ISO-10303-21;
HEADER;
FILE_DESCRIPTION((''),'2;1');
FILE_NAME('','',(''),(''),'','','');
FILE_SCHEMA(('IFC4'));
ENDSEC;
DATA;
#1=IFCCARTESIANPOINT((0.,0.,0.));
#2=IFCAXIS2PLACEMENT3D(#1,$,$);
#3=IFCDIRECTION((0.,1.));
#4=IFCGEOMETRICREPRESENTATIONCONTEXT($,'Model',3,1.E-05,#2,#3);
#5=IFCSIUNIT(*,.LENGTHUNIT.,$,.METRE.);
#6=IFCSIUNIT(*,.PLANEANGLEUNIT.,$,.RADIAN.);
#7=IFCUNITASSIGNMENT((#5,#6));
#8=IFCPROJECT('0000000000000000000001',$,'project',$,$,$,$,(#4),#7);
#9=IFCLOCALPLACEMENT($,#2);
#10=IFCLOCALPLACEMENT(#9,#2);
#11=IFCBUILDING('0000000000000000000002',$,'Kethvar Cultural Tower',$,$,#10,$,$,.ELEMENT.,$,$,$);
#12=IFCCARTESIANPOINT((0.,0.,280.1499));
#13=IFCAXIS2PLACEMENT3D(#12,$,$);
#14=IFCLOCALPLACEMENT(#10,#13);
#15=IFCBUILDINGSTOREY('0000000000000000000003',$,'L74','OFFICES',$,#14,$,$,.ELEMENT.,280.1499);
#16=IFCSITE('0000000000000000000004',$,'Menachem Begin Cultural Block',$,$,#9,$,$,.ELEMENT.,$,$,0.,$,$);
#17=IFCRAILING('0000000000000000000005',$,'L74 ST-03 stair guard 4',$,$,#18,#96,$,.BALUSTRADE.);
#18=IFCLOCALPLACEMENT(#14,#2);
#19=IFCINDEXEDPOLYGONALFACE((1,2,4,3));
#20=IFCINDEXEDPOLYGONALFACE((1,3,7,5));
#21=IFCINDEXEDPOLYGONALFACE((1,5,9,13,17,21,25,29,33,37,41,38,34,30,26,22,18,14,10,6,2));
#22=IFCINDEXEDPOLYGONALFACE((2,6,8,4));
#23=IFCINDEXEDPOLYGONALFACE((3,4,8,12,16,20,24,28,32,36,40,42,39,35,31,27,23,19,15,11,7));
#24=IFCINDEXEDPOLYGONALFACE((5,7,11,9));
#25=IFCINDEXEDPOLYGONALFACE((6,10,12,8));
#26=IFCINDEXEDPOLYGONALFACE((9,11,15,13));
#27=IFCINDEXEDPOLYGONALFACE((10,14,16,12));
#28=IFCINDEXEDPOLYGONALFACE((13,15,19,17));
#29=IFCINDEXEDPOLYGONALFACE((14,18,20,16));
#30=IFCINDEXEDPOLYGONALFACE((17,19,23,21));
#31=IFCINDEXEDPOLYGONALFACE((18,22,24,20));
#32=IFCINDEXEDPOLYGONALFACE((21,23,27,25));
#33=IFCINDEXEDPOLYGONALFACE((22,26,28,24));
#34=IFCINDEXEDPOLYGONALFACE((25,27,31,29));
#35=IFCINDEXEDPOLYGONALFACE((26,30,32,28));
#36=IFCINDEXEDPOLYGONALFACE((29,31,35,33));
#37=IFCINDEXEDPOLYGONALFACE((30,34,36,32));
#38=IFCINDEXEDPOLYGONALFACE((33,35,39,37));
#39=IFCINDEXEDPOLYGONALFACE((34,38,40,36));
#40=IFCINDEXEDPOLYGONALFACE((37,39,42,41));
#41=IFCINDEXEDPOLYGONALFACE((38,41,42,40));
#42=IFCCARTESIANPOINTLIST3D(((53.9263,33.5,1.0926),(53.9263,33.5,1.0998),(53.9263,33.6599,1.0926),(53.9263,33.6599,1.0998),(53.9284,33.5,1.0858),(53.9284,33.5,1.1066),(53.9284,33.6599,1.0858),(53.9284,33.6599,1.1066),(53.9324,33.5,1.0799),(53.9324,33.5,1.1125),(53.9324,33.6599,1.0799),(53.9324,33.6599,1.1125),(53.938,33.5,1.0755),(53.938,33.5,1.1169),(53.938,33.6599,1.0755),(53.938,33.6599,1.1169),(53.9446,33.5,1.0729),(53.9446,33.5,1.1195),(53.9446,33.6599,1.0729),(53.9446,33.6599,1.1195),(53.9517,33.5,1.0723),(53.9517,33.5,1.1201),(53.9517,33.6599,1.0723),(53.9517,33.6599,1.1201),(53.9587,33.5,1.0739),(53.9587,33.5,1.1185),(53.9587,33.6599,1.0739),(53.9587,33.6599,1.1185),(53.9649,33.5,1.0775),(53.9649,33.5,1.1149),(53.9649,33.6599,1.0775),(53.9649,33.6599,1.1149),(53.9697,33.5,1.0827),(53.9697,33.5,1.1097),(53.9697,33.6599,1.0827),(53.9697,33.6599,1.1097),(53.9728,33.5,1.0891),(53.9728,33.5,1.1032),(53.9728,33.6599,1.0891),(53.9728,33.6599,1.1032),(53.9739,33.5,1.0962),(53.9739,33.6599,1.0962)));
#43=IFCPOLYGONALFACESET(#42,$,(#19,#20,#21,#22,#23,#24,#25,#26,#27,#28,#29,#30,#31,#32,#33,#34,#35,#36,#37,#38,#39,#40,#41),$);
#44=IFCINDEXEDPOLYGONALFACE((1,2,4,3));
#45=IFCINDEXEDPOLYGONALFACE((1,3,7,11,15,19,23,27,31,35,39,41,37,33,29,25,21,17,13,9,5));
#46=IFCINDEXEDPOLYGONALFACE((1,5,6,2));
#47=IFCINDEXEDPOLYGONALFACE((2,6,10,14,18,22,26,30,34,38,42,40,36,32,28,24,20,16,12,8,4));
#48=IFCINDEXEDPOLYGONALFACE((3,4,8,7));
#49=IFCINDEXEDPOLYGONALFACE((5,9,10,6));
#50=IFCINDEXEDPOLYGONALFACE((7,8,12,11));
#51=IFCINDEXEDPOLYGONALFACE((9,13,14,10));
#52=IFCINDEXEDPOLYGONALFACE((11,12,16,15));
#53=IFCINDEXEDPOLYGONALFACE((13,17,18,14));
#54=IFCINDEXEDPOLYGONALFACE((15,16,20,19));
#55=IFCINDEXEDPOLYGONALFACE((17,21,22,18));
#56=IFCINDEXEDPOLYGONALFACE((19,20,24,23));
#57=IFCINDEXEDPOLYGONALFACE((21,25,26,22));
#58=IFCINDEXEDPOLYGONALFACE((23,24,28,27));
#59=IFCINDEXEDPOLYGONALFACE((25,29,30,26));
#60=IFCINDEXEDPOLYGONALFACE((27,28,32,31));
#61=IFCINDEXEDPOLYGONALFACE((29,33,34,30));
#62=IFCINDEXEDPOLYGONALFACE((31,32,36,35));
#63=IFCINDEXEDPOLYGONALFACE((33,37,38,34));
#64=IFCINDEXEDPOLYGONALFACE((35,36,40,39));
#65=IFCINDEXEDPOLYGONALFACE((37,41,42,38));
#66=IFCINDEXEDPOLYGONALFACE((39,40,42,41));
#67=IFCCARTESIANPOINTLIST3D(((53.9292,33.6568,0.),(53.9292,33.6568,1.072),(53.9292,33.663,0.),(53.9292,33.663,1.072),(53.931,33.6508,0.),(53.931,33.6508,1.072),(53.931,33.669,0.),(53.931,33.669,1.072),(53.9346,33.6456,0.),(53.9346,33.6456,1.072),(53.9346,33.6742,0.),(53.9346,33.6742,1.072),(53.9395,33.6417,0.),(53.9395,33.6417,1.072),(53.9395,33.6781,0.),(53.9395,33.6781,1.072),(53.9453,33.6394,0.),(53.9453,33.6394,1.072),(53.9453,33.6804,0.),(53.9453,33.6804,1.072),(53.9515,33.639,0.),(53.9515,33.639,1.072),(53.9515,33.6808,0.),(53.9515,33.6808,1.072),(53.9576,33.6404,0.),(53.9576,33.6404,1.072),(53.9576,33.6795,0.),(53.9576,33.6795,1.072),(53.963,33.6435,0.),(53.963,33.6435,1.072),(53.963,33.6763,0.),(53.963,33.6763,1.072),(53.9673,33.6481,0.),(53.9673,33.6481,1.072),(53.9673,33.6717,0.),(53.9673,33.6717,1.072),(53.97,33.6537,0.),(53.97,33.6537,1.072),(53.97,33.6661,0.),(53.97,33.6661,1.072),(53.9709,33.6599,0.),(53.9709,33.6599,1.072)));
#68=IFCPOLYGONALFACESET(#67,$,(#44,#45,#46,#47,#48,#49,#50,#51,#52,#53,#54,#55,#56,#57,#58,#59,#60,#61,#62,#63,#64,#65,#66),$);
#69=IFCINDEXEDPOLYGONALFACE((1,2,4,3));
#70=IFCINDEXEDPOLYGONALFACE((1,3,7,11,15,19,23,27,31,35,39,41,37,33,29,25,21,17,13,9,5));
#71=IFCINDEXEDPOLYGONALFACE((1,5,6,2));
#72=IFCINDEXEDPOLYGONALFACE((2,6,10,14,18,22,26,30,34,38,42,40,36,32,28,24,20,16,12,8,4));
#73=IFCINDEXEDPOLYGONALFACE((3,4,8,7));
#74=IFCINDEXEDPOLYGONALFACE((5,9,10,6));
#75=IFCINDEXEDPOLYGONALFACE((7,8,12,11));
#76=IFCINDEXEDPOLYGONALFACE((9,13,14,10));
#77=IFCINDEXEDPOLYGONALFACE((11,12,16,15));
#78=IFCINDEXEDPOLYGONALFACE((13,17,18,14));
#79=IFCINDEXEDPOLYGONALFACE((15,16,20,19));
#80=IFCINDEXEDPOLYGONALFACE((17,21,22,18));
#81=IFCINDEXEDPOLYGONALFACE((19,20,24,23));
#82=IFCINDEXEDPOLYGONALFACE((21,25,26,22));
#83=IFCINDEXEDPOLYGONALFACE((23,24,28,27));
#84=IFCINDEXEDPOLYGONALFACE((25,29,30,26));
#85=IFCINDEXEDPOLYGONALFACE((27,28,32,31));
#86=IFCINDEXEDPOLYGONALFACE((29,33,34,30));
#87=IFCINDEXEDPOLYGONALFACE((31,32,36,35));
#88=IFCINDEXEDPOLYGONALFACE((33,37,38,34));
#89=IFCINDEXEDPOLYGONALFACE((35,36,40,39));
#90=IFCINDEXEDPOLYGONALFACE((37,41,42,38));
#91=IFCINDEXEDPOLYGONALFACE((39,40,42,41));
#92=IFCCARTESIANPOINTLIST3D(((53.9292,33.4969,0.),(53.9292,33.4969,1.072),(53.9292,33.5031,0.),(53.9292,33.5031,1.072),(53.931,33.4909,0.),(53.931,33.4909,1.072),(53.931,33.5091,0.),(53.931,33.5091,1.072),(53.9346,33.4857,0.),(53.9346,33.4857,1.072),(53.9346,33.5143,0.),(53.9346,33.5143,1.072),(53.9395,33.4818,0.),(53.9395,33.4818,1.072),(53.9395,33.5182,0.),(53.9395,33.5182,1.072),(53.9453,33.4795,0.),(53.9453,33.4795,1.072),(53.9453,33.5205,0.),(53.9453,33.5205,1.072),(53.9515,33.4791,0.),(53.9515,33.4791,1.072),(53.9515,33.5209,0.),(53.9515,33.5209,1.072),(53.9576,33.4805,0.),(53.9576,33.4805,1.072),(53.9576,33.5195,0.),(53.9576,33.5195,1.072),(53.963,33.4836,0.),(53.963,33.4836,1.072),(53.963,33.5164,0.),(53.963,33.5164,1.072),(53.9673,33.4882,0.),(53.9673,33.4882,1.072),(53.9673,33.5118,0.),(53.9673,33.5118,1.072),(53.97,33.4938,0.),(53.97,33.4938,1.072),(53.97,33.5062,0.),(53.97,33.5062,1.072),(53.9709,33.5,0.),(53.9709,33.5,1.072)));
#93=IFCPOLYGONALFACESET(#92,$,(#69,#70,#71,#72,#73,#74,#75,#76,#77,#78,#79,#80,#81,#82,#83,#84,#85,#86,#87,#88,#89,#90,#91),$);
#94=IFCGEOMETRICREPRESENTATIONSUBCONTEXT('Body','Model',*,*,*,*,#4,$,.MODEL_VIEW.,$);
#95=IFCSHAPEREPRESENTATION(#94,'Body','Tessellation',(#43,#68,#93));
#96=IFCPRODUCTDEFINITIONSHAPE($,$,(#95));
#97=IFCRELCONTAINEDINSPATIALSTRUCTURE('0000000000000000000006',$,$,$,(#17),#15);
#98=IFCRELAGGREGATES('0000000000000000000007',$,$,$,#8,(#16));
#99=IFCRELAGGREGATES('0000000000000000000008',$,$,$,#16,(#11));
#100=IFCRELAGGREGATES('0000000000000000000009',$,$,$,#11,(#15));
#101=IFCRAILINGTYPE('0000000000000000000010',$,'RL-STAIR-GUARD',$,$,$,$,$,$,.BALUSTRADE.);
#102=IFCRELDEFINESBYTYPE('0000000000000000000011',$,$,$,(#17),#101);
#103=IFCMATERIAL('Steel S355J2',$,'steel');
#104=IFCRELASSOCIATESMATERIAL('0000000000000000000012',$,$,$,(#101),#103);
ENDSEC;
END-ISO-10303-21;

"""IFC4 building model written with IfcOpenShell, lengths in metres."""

from ifc_helpers import new_model, si_unit, direction, frame, origin, origin_2d, place, context, subcontext, project, spatial, circle, extrude, material, type_object, element, save


model = new_model("IFC4")

# Units and contexts
model_context = context("Model", 3, precision=1e-05, world=origin(), true_north=direction((0.0, 1.0)))
body_context = subcontext(model_context, "Body", "Model", "MODEL_VIEW")
ifc_project = project(units=[si_unit("LENGTHUNIT", "METRE"), si_unit("PLANEANGLEUNIT", "RADIAN")], contexts=[model_context])

# Site, building, storey
site_placement = place(None, origin())
site = spatial("IfcSite", under=ifc_project, at=site_placement, Name="Menachem Begin Cultural Block", CompositionType="ELEMENT", RefElevation=0.0)
building_placement = place(site_placement, origin())
building = spatial("IfcBuilding", under=site, at=building_placement, Name="Kethvar Cultural Tower", CompositionType="ELEMENT")
storey_placement = place(building_placement, frame((0.0, 0.0, 280.1499)))
storey = spatial("IfcBuildingStorey", under=building, at=storey_placement, Name="L74", Description="OFFICES", CompositionType="ELEMENT", Elevation=280.1499)

# Shared definitions
ifc_material_1 = material(Name="Steel S355J2", Category="steel")

# Railing
railing_type_1 = type_object("IfcRailingType", Name="RL-STAIR-GUARD", PredefinedType="BALUSTRADE", material=ifc_material_1)
railing_1_placement = place(storey_placement, frame((53.95, 33.6599, 0.0)))
element("IfcRailing", 1, at=railing_1_placement, inside=storey, type_object=railing_type_1, Name="L74 ST-03 stair guard 4", PredefinedType="BALUSTRADE", context=body_context, shape_type="SweptSolid", body=[
    extrude(circle(Radius=0.0239, at=origin_2d()), frame((0.0, 0.0, 1.0962), z_axis=(0.0, -1.0, 0.0), x_axis=(1.0, 0.0, 0.0)), (0.0, 0.0, 1.0), 0.1599),
    extrude(circle(Radius=0.021, at=origin_2d()), origin(), (0.0, 0.0, 1.0), 1.072),
    extrude(circle(Radius=0.021, at=origin_2d()), frame((0.0, -0.1599, 0.0)), (0.0, 0.0, 1.0), 1.072),
])

save(model, "model.ifc")
